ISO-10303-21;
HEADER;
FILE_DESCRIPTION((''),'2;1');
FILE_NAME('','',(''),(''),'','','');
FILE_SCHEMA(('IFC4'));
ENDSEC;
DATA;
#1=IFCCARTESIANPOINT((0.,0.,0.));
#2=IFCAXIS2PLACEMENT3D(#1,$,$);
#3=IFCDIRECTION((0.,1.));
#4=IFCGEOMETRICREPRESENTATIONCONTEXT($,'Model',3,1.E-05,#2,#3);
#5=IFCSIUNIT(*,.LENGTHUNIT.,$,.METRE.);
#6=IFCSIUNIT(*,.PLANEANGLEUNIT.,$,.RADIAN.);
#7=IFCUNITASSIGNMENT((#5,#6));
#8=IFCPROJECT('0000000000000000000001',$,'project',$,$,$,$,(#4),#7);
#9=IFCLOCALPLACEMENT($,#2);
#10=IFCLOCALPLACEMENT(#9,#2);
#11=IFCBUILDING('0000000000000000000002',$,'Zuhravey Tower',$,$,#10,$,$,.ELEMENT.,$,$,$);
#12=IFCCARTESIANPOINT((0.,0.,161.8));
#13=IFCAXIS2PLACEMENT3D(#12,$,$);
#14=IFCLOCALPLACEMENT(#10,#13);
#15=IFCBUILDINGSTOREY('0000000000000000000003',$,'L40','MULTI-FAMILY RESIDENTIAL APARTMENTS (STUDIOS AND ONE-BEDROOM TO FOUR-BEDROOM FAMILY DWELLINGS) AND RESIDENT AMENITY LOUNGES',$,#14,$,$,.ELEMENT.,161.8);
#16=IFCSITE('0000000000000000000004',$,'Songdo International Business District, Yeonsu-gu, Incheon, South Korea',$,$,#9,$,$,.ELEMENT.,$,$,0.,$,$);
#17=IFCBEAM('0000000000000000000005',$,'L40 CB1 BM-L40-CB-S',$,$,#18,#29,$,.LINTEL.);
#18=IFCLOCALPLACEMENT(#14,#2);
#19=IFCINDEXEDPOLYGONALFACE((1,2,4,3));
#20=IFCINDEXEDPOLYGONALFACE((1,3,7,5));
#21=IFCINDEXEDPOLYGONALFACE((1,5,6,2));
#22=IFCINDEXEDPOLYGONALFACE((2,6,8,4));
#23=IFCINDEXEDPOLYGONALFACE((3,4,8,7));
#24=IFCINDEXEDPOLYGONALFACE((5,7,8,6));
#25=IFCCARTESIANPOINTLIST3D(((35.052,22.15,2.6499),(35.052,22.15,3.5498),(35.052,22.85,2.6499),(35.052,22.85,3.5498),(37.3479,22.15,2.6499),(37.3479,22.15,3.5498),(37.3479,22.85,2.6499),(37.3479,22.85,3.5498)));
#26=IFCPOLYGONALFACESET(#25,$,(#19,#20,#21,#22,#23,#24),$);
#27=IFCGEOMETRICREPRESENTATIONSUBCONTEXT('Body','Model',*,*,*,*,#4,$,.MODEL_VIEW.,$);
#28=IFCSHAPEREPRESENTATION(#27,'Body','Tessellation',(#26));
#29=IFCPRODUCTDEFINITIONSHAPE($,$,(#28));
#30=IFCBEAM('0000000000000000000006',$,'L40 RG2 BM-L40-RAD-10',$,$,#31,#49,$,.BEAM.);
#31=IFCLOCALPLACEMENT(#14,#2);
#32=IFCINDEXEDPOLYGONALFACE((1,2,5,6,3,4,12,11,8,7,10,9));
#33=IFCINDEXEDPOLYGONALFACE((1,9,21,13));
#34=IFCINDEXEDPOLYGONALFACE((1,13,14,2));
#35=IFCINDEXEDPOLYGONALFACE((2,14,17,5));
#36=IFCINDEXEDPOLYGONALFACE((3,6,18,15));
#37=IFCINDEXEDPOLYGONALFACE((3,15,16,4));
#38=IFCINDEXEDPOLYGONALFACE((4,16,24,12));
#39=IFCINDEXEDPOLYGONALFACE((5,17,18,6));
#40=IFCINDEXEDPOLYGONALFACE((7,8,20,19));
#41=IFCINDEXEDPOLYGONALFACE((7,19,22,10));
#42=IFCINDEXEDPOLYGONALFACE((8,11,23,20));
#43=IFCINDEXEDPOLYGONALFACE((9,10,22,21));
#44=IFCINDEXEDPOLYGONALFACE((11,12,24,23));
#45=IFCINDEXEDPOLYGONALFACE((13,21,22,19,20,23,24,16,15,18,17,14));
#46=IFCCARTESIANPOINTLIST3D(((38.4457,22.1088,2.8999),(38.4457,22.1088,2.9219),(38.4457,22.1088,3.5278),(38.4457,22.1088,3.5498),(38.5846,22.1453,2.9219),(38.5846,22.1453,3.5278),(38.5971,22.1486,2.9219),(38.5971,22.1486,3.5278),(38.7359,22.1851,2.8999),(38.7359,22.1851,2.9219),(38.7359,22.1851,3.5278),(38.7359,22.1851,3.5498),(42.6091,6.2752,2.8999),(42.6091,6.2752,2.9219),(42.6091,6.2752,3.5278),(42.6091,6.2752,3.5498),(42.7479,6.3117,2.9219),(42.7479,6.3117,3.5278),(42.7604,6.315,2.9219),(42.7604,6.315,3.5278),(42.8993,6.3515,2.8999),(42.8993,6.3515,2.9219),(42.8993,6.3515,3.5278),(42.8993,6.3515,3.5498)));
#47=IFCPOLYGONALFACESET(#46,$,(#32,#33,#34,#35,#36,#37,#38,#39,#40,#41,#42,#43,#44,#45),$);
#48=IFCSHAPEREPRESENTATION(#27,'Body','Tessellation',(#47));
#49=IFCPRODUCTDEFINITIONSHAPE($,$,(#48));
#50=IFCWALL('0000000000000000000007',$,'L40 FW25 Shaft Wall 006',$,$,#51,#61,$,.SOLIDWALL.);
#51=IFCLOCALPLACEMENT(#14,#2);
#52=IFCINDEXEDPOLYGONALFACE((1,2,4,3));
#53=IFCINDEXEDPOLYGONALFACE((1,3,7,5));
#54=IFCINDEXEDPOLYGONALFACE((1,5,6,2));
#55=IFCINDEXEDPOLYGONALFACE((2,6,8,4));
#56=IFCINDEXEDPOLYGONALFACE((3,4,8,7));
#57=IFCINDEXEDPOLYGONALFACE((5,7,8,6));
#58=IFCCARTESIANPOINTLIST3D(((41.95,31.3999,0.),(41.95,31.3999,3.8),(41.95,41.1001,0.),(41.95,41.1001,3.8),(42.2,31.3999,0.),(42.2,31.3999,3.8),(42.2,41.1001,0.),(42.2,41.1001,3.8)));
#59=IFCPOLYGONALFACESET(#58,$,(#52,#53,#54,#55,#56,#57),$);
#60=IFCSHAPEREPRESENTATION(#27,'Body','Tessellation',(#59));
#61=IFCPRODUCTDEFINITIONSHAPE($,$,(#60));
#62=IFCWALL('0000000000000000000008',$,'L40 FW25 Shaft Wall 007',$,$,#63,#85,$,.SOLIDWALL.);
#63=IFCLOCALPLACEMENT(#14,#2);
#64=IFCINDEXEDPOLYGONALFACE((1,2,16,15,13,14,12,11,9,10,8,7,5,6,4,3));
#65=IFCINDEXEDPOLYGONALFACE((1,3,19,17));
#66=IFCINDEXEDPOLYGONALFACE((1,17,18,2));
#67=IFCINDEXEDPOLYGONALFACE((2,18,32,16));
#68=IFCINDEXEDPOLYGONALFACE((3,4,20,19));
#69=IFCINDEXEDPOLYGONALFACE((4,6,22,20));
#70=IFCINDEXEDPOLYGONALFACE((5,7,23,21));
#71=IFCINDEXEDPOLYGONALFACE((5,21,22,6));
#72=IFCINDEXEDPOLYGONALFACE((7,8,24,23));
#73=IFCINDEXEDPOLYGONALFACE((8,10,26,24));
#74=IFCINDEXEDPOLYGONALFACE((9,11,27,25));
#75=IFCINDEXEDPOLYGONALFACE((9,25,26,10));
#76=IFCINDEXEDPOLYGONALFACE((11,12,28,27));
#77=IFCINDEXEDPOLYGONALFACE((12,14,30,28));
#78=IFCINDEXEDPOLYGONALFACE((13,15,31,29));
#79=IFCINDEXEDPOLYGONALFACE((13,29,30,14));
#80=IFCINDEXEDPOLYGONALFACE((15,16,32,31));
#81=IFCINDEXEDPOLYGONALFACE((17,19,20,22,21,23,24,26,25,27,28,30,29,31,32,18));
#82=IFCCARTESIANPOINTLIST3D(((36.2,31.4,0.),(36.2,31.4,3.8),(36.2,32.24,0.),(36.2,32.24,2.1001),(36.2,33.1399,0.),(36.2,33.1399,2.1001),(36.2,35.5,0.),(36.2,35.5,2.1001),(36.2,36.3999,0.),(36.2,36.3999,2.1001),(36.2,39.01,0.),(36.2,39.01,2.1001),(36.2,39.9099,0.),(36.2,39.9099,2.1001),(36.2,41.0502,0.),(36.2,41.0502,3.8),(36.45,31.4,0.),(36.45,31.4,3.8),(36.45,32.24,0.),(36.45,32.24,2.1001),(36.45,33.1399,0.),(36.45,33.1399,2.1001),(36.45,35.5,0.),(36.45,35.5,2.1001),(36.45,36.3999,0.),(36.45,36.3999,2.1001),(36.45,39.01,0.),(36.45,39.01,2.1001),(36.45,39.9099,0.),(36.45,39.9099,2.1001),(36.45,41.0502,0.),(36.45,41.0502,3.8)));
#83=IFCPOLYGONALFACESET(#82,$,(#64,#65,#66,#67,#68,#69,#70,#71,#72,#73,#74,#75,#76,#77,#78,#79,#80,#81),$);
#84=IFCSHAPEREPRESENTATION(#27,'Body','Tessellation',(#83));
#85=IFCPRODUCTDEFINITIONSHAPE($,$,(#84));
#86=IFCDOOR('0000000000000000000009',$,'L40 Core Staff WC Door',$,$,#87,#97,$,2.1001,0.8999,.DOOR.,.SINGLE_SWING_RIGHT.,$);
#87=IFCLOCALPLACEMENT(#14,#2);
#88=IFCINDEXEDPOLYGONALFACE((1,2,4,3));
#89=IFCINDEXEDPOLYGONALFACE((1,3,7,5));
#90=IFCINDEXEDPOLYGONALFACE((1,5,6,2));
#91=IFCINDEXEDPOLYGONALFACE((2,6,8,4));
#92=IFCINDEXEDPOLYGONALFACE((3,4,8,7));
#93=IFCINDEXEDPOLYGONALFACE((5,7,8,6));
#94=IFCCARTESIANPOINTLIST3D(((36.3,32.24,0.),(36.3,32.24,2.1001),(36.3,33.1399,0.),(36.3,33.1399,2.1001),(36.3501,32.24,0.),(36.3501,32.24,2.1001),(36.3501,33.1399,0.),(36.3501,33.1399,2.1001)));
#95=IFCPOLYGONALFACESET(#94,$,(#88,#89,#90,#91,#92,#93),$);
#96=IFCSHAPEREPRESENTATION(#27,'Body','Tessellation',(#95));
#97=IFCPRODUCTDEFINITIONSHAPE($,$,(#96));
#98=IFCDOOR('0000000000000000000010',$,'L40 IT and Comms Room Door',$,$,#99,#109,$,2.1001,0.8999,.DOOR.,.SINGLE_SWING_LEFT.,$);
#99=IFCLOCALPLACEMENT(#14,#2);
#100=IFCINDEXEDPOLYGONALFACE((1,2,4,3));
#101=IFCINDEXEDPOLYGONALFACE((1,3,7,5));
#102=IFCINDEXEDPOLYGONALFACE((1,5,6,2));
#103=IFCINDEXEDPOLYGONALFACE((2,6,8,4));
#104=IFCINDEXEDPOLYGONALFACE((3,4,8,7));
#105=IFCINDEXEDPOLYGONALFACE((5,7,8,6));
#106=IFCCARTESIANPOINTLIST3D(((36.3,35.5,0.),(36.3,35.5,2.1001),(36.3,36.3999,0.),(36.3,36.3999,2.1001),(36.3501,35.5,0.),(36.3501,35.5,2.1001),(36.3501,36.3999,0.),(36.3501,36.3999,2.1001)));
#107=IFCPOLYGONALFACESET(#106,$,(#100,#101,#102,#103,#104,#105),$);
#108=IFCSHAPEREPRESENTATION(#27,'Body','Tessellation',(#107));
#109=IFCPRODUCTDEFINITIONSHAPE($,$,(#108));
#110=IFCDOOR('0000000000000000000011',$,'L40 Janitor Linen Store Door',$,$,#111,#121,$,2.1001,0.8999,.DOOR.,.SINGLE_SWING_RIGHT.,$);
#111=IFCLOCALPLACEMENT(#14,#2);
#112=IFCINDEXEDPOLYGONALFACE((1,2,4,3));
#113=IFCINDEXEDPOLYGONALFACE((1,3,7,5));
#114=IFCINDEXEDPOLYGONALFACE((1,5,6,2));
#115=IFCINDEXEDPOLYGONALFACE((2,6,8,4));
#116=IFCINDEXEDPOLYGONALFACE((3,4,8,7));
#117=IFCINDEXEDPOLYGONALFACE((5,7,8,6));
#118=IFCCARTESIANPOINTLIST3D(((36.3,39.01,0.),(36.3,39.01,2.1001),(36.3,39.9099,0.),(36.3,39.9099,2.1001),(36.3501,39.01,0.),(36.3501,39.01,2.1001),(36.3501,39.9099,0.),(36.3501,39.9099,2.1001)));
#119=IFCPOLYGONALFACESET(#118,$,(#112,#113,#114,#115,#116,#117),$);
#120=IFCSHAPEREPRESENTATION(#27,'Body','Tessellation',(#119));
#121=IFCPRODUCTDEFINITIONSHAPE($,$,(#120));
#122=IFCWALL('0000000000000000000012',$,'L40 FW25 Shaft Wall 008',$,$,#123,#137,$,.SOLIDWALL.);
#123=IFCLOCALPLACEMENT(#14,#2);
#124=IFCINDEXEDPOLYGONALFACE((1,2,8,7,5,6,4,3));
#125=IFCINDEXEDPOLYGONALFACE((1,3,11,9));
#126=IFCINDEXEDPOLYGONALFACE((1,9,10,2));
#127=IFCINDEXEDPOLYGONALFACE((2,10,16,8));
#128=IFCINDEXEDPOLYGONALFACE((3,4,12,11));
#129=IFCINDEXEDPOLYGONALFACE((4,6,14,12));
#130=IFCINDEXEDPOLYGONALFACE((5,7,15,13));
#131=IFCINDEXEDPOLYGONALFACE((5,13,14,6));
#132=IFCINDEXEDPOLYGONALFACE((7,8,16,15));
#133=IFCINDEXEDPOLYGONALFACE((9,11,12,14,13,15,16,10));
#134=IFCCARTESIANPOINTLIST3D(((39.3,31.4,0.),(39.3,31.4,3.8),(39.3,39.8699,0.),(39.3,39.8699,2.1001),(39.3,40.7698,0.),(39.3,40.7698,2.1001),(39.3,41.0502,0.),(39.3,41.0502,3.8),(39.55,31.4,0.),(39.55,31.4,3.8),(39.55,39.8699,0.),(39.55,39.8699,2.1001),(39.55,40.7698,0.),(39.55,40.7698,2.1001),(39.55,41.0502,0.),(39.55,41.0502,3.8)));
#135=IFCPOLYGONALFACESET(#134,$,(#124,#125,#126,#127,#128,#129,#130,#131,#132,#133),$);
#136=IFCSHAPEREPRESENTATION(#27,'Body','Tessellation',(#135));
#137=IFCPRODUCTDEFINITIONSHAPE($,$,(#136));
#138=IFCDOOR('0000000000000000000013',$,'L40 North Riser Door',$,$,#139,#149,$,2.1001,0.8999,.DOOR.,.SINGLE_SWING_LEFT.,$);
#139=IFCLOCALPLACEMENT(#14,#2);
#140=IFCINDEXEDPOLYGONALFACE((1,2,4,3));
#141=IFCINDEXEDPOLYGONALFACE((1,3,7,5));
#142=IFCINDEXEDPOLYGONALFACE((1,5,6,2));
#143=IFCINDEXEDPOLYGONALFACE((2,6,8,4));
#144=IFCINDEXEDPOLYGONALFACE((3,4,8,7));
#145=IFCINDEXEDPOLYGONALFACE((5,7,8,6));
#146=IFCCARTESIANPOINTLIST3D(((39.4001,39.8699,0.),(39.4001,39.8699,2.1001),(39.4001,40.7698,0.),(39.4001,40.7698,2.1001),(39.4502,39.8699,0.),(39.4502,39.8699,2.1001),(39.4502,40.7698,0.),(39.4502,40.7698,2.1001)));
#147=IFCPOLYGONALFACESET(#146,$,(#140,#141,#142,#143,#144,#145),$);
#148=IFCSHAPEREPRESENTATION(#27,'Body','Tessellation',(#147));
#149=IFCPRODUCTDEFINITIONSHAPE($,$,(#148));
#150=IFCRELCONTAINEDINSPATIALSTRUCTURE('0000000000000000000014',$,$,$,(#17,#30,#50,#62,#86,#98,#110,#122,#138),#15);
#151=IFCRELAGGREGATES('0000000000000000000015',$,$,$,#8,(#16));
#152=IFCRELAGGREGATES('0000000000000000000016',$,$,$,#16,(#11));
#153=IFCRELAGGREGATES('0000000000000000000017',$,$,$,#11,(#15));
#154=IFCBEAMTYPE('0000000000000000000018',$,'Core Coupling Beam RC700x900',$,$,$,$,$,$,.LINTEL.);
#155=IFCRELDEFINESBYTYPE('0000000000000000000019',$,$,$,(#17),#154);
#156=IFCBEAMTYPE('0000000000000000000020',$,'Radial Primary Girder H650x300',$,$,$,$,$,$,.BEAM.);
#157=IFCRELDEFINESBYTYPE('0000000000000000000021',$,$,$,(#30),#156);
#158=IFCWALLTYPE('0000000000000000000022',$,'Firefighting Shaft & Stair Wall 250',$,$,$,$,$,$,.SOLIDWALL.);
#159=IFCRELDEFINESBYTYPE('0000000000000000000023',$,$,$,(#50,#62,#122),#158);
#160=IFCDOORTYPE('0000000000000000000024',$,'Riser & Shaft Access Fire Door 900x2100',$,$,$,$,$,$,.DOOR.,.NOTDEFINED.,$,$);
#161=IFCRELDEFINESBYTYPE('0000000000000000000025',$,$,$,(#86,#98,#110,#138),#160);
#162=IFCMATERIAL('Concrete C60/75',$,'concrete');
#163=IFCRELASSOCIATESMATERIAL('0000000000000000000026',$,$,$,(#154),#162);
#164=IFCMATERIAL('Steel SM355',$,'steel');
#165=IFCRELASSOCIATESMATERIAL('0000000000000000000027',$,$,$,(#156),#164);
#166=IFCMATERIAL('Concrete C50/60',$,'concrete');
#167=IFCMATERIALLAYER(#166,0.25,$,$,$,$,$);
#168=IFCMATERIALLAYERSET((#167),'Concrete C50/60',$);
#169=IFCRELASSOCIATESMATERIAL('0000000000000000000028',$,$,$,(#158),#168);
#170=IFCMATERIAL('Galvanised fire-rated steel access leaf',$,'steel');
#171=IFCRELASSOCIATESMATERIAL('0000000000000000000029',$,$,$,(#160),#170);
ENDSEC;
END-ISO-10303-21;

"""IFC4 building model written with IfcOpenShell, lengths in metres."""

from ifc_helpers import new_model, si_unit, direction, frame, frame_2d, origin, origin_2d, place, context, subcontext, project, spatial, rectangle, i_section, extrude, material, layer, layer_set, material_profile, profile_set, type_object, element, fill, save


model = new_model("IFC4")

# Units and contexts
model_context = context("Model", 3, precision=1e-05, world=origin(), true_north=direction((0.0, 1.0)))
body_context = subcontext(model_context, "Body", "Model", "MODEL_VIEW")
ifc_project = project(units=[si_unit("LENGTHUNIT", "METRE"), si_unit("PLANEANGLEUNIT", "RADIAN")], contexts=[model_context])

# Site, building, storey
site_placement = place(None, origin())
site = spatial("IfcSite", under=ifc_project, at=site_placement, Name="Songdo International Business District, Yeonsu-gu, Incheon, South Korea", CompositionType="ELEMENT", RefElevation=0.0)
building_placement = place(site_placement, origin())
building = spatial("IfcBuilding", under=site, at=building_placement, Name="Zuhravey Tower", CompositionType="ELEMENT")
storey_placement = place(building_placement, frame((0.0, 0.0, 161.8)))
storey = spatial("IfcBuildingStorey", under=building, at=storey_placement, Name="L40", Description="MULTI-FAMILY RESIDENTIAL APARTMENTS (STUDIOS AND ONE-BEDROOM TO FOUR-BEDROOM FAMILY DWELLINGS) AND RESIDENT AMENITY LOUNGES", CompositionType="ELEMENT", Elevation=161.8)

# Beams
ifc_material_1 = material(Name="Concrete C60/75", Category="concrete")
ifc_material_profile_1 = material_profile(ifc_material_1, rectangle(XDim=0.7, YDim=0.8999, at=origin_2d()), Name="RC-700x900")
ifc_profile_set_1 = profile_set([ifc_material_profile_1], Name="Concrete C60/75")
beam_type_1 = type_object("IfcBeamType", Name="Core Coupling Beam RC700x900", PredefinedType="LINTEL", material=ifc_profile_set_1)
beam_1_placement = place(storey_placement, frame((35.052, 22.5, 3.0999), z_axis=(1.0, 0.0, 0.0), x_axis=(0.0, 1.0, 0.0)))
element("IfcBeam", 1, at=beam_1_placement, inside=storey, type_object=beam_type_1, Name="L40 CB1 BM-L40-CB-S", PredefinedType="LINTEL", context=body_context, shape_type="SweptSolid", body=[
    extrude(rectangle(XDim=0.7, YDim=0.8999, at=origin_2d()), origin(), (0.0, 0.0, 1.0), 2.2959),
])
ifc_material_2 = material(Name="Steel SM355", Category="steel")
ifc_material_profile_2 = material_profile(ifc_material_2, i_section(OverallWidth=0.3, OverallDepth=0.6499, WebThickness=0.0129, FlangeThickness=0.022, at=origin_2d()), Name="H-650x300x13x22")
ifc_profile_set_2 = profile_set([ifc_material_profile_2], Name="Steel SM355")
beam_type_2 = type_object("IfcBeamType", Name="Radial Primary Girder H650x300", PredefinedType="BEAM", material=ifc_profile_set_2)
beam_2_placement = place(storey_placement, frame((38.5908, 22.147, 3.2249), z_axis=(0.2543, -0.967125, 0.0), x_axis=(0.967125, 0.2543, 0.0)))
element("IfcBeam", 2, at=beam_2_placement, inside=storey, type_object=beam_type_2, Name="L40 RG2 BM-L40-RAD-10", PredefinedType="BEAM", context=body_context, shape_type="SweptSolid", body=[
    extrude(i_section(OverallWidth=0.3, OverallDepth=0.6499, WebThickness=0.0129, FlangeThickness=0.022, at=origin_2d()), origin(), (0.0, 0.0, 1.0), 16.3718),
])

# Shared definitions
ifc_material_3 = material(Name="Concrete C50/60", Category="concrete")
ifc_layer_1 = layer(ifc_material_3, 0.25)
ifc_layer_set_1 = layer_set([ifc_layer_1], Name="Concrete C50/60")
wall_type_1 = type_object("IfcWallType", Name="Firefighting Shaft & Stair Wall 250", PredefinedType="SOLIDWALL", material=ifc_layer_set_1)

# Wall
wall_1_placement = place(storey_placement, frame((42.075, 31.3999, 0.0), z_axis=(0.0, 0.0, 1.0), x_axis=(0.0, 1.0, 0.0)))
element("IfcWall", 3, at=wall_1_placement, inside=storey, type_object=wall_type_1, Name="L40 FW25 Shaft Wall 006", PredefinedType="SOLIDWALL", context=body_context, shape_type="SweptSolid", body=[
    extrude(rectangle(XDim=9.7002, YDim=0.25, at=frame_2d((4.8501, 0.0))), origin(), (0.0, 0.0, 1.0), 3.8),
])

# Wall, openings, doors
wall_2_placement = place(storey_placement, frame((36.325, 31.3999, 0.0), z_axis=(0.0, 0.0, 1.0), x_axis=(0.0, 1.0, 0.0)))
wall_2 = element("IfcWall", 4, at=wall_2_placement, inside=storey, type_object=wall_type_1, Name="L40 FW25 Shaft Wall 007", PredefinedType="SOLIDWALL", context=body_context, shape_type="SweptSolid", body=[
    extrude(rectangle(XDim=9.6501, YDim=0.25, at=frame_2d((4.8252, 0.0))), origin(), (0.0, 0.0, 1.0), 3.8),
])
opening_1_placement = place(wall_2_placement, frame((0.8401, 0.0, 0.0)))
opening_1 = element("IfcOpeningElement", 5, at=opening_1_placement, cuts=wall_2, PredefinedType="OPENING", context=body_context, shape_type="SweptSolid", body=[
    extrude(rectangle(XDim=0.8999, YDim=2.1001, at=frame_2d((0.45, 1.05))), frame((0.0, 0.137, 0.0), z_axis=(0.0, -1.0, 0.0), x_axis=(1.0, 0.0, 0.0)), (0.0, 0.0, 1.0), 0.2739),
])
opening_2_placement = place(wall_2_placement, frame((4.1001, 0.0, 0.0)))
opening_2 = element("IfcOpeningElement", 6, at=opening_2_placement, cuts=wall_2, PredefinedType="OPENING", context=body_context, shape_type="SweptSolid", body=[
    extrude(rectangle(XDim=0.8999, YDim=2.1001, at=frame_2d((0.45, 1.05))), frame((0.0, 0.137, 0.0), z_axis=(0.0, -1.0, 0.0), x_axis=(1.0, 0.0, 0.0)), (0.0, 0.0, 1.0), 0.2739),
])
opening_3_placement = place(wall_2_placement, frame((7.6101, 0.0, 0.0)))
opening_3 = element("IfcOpeningElement", 7, at=opening_3_placement, cuts=wall_2, PredefinedType="OPENING", context=body_context, shape_type="SweptSolid", body=[
    extrude(rectangle(XDim=0.8999, YDim=2.1001, at=frame_2d((0.45, 1.05))), frame((0.0, 0.137, 0.0), z_axis=(0.0, -1.0, 0.0), x_axis=(1.0, 0.0, 0.0)), (0.0, 0.0, 1.0), 0.2739),
])
ifc_material_4 = material(Name="Galvanised fire-rated steel access leaf", Category="steel")
door_type_1 = type_object("IfcDoorType", Name="Riser & Shaft Access Fire Door 900x2100", OperationType="NOTDEFINED", PredefinedType="DOOR", material=ifc_material_4)
door_1_placement = place(opening_1_placement, origin())
door_1 = element("IfcDoor", 8, at=door_1_placement, inside=storey, type_object=door_type_1, Name="L40 Core Staff WC Door", OperationType="SINGLE_SWING_RIGHT", OverallHeight=2.1001, OverallWidth=0.8999, PredefinedType="DOOR", context=body_context, shape_type="SweptSolid", body=[
    extrude(rectangle(XDim=0.8999, YDim=2.1001, at=frame_2d((0.45, 1.05))), frame((0.0, 0.0249, 0.0), z_axis=(0.0, -1.0, 0.0), x_axis=(1.0, 0.0, 0.0)), (0.0, 0.0, 1.0), 0.05),
])
fill(opening_1, door_1)
door_2_placement = place(opening_2_placement, origin())
door_2 = element("IfcDoor", 9, at=door_2_placement, inside=storey, type_object=door_type_1, Name="L40 IT and Comms Room Door", OperationType="SINGLE_SWING_LEFT", OverallHeight=2.1001, OverallWidth=0.8999, PredefinedType="DOOR", context=body_context, shape_type="SweptSolid", body=[
    extrude(rectangle(XDim=0.8999, YDim=2.1001, at=frame_2d((0.45, 1.05))), frame((0.0, 0.0249, 0.0), z_axis=(0.0, -1.0, 0.0), x_axis=(1.0, 0.0, 0.0)), (0.0, 0.0, 1.0), 0.05),
])
fill(opening_2, door_2)
door_3_placement = place(opening_3_placement, origin())
door_3 = element("IfcDoor", 10, at=door_3_placement, inside=storey, type_object=door_type_1, Name="L40 Janitor Linen Store Door", OperationType="SINGLE_SWING_RIGHT", OverallHeight=2.1001, OverallWidth=0.8999, PredefinedType="DOOR", context=body_context, shape_type="SweptSolid", body=[
    extrude(rectangle(XDim=0.8999, YDim=2.1001, at=frame_2d((0.45, 1.05))), frame((0.0, 0.0249, 0.0), z_axis=(0.0, -1.0, 0.0), x_axis=(1.0, 0.0, 0.0)), (0.0, 0.0, 1.0), 0.05),
])
fill(opening_3, door_3)

# Wall, opening, door
wall_3_placement = place(storey_placement, frame((39.425, 31.3999, 0.0), z_axis=(0.0, 0.0, 1.0), x_axis=(0.0, 1.0, 0.0)))
wall_3 = element("IfcWall", 11, at=wall_3_placement, inside=storey, type_object=wall_type_1, Name="L40 FW25 Shaft Wall 008", PredefinedType="SOLIDWALL", context=body_context, shape_type="SweptSolid", body=[
    extrude(rectangle(XDim=9.6501, YDim=0.25, at=frame_2d((4.8252, 0.0))), origin(), (0.0, 0.0, 1.0), 3.8),
])
opening_4_placement = place(wall_3_placement, frame((8.47, 0.0, 0.0)))
opening_4 = element("IfcOpeningElement", 12, at=opening_4_placement, cuts=wall_3, PredefinedType="OPENING", context=body_context, shape_type="SweptSolid", body=[
    extrude(rectangle(XDim=0.8999, YDim=2.1001, at=frame_2d((0.45, 1.05))), frame((0.0, 0.137, 0.0), z_axis=(0.0, -1.0, 0.0), x_axis=(1.0, 0.0, 0.0)), (0.0, 0.0, 1.0), 0.2739),
])
door_4_placement = place(opening_4_placement, origin())
door_4 = element("IfcDoor", 13, at=door_4_placement, inside=storey, type_object=door_type_1, Name="L40 North Riser Door", OperationType="SINGLE_SWING_LEFT", OverallHeight=2.1001, OverallWidth=0.8999, PredefinedType="DOOR", context=body_context, shape_type="SweptSolid", body=[
    extrude(rectangle(XDim=0.8999, YDim=2.1001, at=frame_2d((0.45, 1.05))), frame((0.0, 0.0249, 0.0), z_axis=(0.0, -1.0, 0.0), x_axis=(1.0, 0.0, 0.0)), (0.0, 0.0, 1.0), 0.05),
])
fill(opening_4, door_4)

save(model, "model.ifc")
